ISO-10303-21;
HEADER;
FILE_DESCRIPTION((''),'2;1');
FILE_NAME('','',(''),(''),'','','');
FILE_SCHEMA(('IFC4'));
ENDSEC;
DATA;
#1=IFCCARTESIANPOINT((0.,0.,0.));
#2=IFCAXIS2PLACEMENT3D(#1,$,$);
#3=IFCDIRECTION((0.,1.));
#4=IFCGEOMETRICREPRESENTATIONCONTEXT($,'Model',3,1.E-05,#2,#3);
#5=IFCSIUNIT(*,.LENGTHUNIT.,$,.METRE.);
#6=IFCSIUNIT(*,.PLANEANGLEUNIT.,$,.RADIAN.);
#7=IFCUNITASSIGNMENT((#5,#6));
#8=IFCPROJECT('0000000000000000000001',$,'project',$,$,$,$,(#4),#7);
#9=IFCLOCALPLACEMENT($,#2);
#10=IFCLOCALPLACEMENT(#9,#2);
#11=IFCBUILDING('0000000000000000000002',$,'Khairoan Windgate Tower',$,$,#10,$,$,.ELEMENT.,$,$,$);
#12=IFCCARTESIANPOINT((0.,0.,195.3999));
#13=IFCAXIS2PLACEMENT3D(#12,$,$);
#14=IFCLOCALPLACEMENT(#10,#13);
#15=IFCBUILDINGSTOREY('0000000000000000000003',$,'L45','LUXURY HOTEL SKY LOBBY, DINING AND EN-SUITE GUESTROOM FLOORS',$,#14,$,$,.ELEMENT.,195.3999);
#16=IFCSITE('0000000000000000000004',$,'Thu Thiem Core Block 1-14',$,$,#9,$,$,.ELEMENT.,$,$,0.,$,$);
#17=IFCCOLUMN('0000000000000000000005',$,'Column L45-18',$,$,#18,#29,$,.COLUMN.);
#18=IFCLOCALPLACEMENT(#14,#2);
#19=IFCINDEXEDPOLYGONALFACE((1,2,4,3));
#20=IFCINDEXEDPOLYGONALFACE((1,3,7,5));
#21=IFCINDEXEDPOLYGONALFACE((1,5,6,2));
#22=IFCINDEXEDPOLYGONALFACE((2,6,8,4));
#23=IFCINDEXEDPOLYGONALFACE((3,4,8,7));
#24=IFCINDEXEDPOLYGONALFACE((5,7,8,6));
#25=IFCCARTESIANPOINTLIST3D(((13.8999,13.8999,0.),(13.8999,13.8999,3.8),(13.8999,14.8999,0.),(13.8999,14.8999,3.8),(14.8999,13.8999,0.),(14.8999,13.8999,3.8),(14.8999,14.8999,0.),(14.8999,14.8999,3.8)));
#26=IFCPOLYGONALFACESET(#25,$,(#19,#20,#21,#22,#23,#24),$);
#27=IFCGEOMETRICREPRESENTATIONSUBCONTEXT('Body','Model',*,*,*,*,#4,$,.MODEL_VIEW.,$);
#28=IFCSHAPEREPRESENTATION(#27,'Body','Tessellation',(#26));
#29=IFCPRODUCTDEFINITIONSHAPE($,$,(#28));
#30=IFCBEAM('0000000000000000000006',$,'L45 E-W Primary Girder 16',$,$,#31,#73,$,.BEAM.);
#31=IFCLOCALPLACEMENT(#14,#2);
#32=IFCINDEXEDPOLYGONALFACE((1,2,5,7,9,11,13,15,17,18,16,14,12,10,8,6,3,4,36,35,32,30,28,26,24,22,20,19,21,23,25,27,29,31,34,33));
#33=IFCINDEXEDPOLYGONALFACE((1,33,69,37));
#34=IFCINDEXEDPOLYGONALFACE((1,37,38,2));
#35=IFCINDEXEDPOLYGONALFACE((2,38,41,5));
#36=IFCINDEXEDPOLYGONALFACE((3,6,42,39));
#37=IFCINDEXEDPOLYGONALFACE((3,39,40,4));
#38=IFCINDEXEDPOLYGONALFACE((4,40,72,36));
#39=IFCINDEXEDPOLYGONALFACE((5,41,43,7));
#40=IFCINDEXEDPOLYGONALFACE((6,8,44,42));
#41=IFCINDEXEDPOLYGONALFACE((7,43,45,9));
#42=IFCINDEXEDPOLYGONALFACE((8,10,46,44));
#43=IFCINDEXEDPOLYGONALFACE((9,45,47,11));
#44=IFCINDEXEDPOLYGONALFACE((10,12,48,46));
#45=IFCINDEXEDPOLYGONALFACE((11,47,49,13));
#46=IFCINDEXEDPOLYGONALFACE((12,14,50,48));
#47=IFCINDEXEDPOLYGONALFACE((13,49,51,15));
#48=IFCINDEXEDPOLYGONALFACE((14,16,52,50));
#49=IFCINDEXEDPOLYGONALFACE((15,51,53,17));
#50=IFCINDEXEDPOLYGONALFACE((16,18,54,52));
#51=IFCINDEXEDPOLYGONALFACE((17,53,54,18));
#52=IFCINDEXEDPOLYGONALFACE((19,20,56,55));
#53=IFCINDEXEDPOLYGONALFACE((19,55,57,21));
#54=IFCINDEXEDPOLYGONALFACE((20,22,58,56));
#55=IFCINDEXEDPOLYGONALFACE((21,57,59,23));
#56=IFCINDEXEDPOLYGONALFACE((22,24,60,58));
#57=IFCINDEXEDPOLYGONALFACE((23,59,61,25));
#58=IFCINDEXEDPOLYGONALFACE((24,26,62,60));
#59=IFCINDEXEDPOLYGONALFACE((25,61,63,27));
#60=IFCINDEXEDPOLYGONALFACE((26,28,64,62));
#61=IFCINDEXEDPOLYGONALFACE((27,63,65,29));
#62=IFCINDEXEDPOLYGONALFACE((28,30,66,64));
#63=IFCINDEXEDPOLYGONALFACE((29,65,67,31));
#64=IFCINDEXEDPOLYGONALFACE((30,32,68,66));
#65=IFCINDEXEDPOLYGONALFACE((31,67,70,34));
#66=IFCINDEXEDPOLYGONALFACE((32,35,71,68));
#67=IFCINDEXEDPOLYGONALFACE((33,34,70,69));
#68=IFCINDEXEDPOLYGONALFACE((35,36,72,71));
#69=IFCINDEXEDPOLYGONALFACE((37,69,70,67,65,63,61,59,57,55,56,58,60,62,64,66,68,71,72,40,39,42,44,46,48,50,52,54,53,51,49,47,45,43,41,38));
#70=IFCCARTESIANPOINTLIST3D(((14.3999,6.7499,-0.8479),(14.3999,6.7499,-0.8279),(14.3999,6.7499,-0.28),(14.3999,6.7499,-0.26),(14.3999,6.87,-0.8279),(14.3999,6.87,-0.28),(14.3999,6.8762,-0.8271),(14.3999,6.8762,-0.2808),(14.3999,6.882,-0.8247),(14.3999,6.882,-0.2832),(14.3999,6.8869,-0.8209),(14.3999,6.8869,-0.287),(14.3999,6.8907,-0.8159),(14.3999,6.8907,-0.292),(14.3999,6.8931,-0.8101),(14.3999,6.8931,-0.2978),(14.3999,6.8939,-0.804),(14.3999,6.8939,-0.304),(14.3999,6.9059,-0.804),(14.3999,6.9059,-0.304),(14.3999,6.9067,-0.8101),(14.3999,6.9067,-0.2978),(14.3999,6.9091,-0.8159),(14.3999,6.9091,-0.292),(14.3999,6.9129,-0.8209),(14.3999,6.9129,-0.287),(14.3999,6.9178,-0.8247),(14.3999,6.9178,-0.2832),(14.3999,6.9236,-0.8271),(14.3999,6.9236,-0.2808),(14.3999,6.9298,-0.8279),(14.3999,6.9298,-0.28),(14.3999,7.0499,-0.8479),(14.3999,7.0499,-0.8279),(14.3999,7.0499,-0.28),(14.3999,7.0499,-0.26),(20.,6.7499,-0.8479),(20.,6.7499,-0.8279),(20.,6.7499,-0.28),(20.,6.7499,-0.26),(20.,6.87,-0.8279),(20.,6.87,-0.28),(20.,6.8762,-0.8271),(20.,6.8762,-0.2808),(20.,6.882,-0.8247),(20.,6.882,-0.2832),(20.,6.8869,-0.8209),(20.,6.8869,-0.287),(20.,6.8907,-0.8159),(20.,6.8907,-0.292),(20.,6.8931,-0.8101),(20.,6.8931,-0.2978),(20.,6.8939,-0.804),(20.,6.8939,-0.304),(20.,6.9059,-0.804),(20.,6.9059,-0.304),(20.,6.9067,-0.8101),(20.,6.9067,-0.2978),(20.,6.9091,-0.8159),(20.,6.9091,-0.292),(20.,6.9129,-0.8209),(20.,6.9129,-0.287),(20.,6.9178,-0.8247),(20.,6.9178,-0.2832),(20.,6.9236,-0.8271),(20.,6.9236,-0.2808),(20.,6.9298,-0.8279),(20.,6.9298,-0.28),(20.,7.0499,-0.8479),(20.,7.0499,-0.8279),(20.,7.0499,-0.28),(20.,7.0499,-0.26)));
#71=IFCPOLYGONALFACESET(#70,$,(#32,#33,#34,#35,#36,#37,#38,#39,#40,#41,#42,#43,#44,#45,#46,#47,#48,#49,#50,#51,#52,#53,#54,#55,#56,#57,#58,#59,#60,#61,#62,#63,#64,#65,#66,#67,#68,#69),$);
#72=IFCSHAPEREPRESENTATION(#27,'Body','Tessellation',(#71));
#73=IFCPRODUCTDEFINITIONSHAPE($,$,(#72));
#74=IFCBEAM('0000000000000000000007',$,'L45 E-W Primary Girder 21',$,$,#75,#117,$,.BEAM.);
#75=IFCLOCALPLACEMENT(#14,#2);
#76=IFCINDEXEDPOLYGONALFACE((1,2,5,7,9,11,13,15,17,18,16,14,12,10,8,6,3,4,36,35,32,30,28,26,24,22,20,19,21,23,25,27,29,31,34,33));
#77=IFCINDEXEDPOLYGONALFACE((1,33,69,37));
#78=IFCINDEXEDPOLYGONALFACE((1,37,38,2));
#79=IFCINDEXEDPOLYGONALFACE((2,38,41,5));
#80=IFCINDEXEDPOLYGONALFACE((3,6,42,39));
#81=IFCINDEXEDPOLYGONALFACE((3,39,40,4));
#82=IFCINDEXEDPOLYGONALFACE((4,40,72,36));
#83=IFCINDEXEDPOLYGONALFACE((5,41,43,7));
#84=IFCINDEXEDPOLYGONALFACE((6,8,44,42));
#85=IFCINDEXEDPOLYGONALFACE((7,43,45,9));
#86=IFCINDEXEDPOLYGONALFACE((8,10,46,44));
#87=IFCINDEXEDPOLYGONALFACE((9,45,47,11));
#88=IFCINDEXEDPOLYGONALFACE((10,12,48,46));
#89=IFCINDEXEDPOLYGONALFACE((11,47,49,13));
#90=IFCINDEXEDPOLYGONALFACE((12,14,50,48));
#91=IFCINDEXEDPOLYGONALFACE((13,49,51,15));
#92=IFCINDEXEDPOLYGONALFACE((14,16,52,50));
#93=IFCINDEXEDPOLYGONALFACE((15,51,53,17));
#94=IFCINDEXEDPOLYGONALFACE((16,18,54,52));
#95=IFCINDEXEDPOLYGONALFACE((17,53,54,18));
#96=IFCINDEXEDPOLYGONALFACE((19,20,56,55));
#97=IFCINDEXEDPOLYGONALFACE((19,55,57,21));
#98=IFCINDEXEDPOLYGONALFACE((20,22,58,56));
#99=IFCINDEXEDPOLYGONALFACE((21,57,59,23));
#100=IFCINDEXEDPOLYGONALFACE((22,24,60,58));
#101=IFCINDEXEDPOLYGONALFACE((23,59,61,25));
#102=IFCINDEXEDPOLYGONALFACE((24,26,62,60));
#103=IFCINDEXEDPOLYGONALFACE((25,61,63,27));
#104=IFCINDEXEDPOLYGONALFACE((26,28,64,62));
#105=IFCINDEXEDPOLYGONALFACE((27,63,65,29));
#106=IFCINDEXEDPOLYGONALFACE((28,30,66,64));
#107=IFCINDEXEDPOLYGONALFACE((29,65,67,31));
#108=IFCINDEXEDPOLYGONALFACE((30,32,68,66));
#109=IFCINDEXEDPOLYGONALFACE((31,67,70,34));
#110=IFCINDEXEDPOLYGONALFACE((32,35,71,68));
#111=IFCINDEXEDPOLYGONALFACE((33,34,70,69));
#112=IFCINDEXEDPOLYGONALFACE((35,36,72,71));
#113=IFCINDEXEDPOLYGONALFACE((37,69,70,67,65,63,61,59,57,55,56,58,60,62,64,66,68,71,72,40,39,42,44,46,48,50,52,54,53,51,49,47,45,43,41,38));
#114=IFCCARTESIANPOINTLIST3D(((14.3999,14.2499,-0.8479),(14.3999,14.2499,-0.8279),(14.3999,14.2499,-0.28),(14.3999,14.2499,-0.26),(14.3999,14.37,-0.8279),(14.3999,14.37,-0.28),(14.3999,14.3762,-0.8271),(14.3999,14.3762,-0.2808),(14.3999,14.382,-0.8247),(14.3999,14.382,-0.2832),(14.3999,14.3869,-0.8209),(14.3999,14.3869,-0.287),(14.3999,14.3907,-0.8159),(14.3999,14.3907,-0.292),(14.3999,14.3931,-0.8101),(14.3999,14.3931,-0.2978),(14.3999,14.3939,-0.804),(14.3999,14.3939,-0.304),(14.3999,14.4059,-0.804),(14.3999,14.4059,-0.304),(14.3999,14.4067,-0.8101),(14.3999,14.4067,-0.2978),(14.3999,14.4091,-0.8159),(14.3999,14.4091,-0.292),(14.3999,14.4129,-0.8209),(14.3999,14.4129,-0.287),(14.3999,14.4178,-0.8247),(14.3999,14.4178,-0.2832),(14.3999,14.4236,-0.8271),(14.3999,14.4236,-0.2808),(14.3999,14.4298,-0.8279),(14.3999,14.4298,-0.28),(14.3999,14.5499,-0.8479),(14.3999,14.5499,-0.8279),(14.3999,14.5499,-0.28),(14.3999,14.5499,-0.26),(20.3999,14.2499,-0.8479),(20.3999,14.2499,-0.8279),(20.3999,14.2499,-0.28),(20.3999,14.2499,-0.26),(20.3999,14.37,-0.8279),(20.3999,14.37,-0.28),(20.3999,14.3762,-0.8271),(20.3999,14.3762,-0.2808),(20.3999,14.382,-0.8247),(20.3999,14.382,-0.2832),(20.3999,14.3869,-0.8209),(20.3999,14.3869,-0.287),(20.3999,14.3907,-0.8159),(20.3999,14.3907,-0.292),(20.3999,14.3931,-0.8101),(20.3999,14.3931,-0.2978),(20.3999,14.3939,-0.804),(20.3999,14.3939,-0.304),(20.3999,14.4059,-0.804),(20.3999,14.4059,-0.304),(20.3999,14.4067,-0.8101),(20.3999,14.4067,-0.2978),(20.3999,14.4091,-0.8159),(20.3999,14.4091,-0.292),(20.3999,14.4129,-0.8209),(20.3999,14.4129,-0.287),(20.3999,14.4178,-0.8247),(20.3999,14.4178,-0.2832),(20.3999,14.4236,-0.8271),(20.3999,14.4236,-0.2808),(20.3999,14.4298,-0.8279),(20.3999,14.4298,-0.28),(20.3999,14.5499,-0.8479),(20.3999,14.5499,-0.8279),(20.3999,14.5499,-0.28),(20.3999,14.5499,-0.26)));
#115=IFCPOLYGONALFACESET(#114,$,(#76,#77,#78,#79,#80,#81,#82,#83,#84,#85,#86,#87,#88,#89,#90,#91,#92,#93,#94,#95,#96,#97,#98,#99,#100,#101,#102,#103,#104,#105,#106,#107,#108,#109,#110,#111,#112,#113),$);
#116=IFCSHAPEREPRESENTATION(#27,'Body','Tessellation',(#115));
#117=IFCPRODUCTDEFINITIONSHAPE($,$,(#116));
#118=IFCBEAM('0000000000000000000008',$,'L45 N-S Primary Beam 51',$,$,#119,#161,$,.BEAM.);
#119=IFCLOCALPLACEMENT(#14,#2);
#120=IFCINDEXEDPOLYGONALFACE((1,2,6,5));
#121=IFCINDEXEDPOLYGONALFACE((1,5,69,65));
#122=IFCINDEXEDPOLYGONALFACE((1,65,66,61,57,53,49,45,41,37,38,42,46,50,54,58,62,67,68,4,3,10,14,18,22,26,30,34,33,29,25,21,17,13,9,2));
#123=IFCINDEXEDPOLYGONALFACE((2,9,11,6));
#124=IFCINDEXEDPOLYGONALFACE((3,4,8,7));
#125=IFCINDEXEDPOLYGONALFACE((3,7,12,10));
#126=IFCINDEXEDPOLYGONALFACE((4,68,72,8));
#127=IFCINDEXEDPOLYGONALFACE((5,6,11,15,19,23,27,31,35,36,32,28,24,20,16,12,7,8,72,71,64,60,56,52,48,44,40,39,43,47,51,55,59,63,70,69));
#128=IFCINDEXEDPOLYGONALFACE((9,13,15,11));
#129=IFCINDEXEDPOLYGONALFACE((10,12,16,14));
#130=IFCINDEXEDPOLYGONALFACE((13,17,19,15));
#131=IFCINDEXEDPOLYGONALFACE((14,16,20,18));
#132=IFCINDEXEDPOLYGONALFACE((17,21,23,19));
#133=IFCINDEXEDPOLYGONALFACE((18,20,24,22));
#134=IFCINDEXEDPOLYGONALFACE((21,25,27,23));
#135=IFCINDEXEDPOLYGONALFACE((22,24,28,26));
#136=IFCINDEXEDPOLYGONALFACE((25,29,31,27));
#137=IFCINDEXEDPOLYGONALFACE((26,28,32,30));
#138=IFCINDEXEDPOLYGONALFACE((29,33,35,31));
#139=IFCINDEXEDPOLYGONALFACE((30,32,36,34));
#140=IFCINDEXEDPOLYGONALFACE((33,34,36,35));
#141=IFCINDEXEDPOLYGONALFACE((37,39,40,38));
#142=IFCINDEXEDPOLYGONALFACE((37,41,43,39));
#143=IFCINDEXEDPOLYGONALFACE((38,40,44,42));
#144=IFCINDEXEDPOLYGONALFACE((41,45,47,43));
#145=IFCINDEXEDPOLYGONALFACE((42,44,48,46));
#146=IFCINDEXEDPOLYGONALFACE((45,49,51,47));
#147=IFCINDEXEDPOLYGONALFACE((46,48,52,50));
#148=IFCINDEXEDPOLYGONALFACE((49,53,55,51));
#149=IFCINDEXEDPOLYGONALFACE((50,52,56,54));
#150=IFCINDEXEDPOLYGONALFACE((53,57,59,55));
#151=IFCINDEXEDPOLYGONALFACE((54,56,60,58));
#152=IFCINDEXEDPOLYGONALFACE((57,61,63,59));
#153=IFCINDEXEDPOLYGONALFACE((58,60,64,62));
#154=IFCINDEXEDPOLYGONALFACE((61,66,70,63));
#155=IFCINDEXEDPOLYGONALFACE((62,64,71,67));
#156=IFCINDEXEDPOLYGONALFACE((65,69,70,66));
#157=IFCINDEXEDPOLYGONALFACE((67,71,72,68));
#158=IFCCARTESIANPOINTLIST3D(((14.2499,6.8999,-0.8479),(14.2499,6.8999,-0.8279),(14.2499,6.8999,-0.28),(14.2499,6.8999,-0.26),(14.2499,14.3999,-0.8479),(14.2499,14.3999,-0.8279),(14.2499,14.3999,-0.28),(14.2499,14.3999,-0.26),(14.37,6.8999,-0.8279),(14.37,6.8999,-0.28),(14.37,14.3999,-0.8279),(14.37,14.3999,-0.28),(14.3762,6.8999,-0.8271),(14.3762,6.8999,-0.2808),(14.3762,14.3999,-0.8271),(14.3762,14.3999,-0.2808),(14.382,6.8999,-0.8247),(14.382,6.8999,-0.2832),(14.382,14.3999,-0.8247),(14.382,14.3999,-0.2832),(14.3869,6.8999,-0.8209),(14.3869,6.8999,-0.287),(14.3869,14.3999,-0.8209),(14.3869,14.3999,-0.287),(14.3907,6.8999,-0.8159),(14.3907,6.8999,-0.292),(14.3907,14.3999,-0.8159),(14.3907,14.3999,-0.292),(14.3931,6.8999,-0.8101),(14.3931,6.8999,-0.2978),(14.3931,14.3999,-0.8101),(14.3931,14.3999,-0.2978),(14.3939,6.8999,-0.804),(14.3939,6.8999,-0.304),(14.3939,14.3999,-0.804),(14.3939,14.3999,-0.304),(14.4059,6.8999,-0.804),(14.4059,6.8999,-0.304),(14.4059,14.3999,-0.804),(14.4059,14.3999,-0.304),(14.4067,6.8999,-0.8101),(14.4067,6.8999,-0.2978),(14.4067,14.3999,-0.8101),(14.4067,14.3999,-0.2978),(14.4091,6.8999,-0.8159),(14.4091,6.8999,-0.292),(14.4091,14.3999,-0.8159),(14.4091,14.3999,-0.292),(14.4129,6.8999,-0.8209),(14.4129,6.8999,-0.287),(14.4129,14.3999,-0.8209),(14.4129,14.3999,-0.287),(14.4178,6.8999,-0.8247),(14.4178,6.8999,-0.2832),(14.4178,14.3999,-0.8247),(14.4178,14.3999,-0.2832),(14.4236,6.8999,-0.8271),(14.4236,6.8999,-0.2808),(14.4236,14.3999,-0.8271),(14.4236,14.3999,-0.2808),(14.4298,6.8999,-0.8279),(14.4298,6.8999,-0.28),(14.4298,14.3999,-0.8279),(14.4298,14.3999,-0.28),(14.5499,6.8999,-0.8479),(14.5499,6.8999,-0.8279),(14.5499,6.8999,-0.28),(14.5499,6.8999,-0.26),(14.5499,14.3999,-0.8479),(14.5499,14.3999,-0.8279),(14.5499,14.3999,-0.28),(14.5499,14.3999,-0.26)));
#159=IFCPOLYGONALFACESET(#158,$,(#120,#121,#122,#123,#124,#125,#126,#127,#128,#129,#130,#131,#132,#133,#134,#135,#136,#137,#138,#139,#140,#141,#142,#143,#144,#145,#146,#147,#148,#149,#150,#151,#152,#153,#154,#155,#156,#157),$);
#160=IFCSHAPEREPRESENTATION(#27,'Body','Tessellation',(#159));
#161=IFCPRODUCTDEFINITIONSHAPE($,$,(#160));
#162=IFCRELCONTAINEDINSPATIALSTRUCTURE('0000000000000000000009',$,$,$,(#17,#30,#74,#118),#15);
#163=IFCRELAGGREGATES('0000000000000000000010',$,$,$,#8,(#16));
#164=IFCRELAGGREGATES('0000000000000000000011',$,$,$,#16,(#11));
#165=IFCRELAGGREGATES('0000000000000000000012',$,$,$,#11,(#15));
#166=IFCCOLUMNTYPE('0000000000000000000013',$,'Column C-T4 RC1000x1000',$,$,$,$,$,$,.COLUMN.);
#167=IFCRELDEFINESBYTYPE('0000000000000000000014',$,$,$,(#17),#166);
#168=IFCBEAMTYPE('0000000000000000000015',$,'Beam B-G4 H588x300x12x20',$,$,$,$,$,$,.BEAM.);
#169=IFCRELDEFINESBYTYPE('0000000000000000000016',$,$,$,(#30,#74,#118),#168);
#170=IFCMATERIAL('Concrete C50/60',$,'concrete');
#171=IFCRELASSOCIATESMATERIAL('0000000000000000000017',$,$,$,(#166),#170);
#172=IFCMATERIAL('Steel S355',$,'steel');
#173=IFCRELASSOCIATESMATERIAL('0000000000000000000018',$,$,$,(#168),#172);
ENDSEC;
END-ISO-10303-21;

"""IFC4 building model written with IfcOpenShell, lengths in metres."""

from ifc_helpers import new_model, si_unit, direction, frame, origin, origin_2d, place, context, subcontext, project, spatial, rectangle, i_section, extrude, material, material_profile, profile_set, type_object, element, save


model = new_model("IFC4")

# Units and contexts
model_context = context("Model", 3, precision=1e-05, world=origin(), true_north=direction((0.0, 1.0)))
body_context = subcontext(model_context, "Body", "Model", "MODEL_VIEW")
ifc_project = project(units=[si_unit("LENGTHUNIT", "METRE"), si_unit("PLANEANGLEUNIT", "RADIAN")], contexts=[model_context])

# Site, building, storey
site_placement = place(None, origin())
site = spatial("IfcSite", under=ifc_project, at=site_placement, Name="Thu Thiem Core Block 1-14", CompositionType="ELEMENT", RefElevation=0.0)
building_placement = place(site_placement, origin())
building = spatial("IfcBuilding", under=site, at=building_placement, Name="Khairoan Windgate Tower", CompositionType="ELEMENT")
storey_placement = place(building_placement, frame((0.0, 0.0, 195.3999)))
storey = spatial("IfcBuildingStorey", under=building, at=storey_placement, Name="L45", Description="LUXURY HOTEL SKY LOBBY, DINING AND EN-SUITE GUESTROOM FLOORS", CompositionType="ELEMENT", Elevation=195.3999)

# Column
ifc_material_1 = material(Name="Concrete C50/60", Category="concrete")
ifc_material_profile_1 = material_profile(ifc_material_1, rectangle(XDim=1.0, YDim=1.0, at=origin_2d()))
ifc_profile_set_1 = profile_set([ifc_material_profile_1], Name="Concrete C50/60")
column_type = type_object("IfcColumnType", Name="Column C-T4 RC1000x1000", PredefinedType="COLUMN", material=ifc_profile_set_1)
column_placement = place(storey_placement, frame((14.3999, 14.3999, 0.0), z_axis=(0.0, 0.0, 1.0), x_axis=(1.0, 0.0, 0.0)))
element("IfcColumn", 1, at=column_placement, inside=storey, type_object=column_type, Name="Column L45-18", PredefinedType="COLUMN", context=body_context, shape_type="SweptSolid", body=[
    extrude(rectangle(XDim=1.0, YDim=1.0, at=origin_2d()), origin(), (0.0, 0.0, 1.0), 3.8),
])

# Beams
ifc_material_2 = material(Name="Steel S355", Category="steel")
ifc_material_profile_2 = material_profile(ifc_material_2, i_section(OverallWidth=0.3, OverallDepth=0.5879, WebThickness=0.012, FlangeThickness=0.02, FilletRadius=0.0239, at=origin_2d()))
ifc_profile_set_2 = profile_set([ifc_material_profile_2], Name="Steel S355")
beam_type_1 = type_object("IfcBeamType", Name="Beam B-G4 H588x300x12x20", PredefinedType="BEAM", material=ifc_profile_set_2)
beam_1_placement = place(storey_placement, frame((14.3999, 6.8999, -0.554), z_axis=(1.0, 0.0, 0.0), x_axis=(0.0, 1.0, 0.0)))
element("IfcBeam", 2, at=beam_1_placement, inside=storey, type_object=beam_type_1, Name="L45 E-W Primary Girder 16", PredefinedType="BEAM", context=body_context, shape_type="SweptSolid", body=[
    extrude(i_section(OverallWidth=0.3, OverallDepth=0.5879, WebThickness=0.012, FlangeThickness=0.02, FilletRadius=0.0239, at=origin_2d()), origin(), (0.0, 0.0, 1.0), 5.6001),
])
beam_2_placement = place(storey_placement, frame((14.3999, 14.3999, -0.554), z_axis=(1.0, 0.0, 0.0), x_axis=(0.0, 1.0, 0.0)))
element("IfcBeam", 3, at=beam_2_placement, inside=storey, type_object=beam_type_1, Name="L45 E-W Primary Girder 21", PredefinedType="BEAM", context=body_context, shape_type="SweptSolid", body=[
    extrude(i_section(OverallWidth=0.3, OverallDepth=0.5879, WebThickness=0.012, FlangeThickness=0.02, FilletRadius=0.0239, at=origin_2d()), origin(), (0.0, 0.0, 1.0), 6.0),
])
beam_3_placement = place(storey_placement, frame((14.3999, 6.8999, -0.554), z_axis=(0.0, 1.0, 0.0), x_axis=(-1.0, 0.0, 0.0)))
element("IfcBeam", 4, at=beam_3_placement, inside=storey, type_object=beam_type_1, Name="L45 N-S Primary Beam 51", PredefinedType="BEAM", context=body_context, shape_type="SweptSolid", body=[
    extrude(i_section(OverallWidth=0.3, OverallDepth=0.5879, WebThickness=0.012, FlangeThickness=0.02, FilletRadius=0.0239, at=origin_2d()), origin(), (0.0, 0.0, 1.0), 7.5),
])

save(model, "model.ifc")
